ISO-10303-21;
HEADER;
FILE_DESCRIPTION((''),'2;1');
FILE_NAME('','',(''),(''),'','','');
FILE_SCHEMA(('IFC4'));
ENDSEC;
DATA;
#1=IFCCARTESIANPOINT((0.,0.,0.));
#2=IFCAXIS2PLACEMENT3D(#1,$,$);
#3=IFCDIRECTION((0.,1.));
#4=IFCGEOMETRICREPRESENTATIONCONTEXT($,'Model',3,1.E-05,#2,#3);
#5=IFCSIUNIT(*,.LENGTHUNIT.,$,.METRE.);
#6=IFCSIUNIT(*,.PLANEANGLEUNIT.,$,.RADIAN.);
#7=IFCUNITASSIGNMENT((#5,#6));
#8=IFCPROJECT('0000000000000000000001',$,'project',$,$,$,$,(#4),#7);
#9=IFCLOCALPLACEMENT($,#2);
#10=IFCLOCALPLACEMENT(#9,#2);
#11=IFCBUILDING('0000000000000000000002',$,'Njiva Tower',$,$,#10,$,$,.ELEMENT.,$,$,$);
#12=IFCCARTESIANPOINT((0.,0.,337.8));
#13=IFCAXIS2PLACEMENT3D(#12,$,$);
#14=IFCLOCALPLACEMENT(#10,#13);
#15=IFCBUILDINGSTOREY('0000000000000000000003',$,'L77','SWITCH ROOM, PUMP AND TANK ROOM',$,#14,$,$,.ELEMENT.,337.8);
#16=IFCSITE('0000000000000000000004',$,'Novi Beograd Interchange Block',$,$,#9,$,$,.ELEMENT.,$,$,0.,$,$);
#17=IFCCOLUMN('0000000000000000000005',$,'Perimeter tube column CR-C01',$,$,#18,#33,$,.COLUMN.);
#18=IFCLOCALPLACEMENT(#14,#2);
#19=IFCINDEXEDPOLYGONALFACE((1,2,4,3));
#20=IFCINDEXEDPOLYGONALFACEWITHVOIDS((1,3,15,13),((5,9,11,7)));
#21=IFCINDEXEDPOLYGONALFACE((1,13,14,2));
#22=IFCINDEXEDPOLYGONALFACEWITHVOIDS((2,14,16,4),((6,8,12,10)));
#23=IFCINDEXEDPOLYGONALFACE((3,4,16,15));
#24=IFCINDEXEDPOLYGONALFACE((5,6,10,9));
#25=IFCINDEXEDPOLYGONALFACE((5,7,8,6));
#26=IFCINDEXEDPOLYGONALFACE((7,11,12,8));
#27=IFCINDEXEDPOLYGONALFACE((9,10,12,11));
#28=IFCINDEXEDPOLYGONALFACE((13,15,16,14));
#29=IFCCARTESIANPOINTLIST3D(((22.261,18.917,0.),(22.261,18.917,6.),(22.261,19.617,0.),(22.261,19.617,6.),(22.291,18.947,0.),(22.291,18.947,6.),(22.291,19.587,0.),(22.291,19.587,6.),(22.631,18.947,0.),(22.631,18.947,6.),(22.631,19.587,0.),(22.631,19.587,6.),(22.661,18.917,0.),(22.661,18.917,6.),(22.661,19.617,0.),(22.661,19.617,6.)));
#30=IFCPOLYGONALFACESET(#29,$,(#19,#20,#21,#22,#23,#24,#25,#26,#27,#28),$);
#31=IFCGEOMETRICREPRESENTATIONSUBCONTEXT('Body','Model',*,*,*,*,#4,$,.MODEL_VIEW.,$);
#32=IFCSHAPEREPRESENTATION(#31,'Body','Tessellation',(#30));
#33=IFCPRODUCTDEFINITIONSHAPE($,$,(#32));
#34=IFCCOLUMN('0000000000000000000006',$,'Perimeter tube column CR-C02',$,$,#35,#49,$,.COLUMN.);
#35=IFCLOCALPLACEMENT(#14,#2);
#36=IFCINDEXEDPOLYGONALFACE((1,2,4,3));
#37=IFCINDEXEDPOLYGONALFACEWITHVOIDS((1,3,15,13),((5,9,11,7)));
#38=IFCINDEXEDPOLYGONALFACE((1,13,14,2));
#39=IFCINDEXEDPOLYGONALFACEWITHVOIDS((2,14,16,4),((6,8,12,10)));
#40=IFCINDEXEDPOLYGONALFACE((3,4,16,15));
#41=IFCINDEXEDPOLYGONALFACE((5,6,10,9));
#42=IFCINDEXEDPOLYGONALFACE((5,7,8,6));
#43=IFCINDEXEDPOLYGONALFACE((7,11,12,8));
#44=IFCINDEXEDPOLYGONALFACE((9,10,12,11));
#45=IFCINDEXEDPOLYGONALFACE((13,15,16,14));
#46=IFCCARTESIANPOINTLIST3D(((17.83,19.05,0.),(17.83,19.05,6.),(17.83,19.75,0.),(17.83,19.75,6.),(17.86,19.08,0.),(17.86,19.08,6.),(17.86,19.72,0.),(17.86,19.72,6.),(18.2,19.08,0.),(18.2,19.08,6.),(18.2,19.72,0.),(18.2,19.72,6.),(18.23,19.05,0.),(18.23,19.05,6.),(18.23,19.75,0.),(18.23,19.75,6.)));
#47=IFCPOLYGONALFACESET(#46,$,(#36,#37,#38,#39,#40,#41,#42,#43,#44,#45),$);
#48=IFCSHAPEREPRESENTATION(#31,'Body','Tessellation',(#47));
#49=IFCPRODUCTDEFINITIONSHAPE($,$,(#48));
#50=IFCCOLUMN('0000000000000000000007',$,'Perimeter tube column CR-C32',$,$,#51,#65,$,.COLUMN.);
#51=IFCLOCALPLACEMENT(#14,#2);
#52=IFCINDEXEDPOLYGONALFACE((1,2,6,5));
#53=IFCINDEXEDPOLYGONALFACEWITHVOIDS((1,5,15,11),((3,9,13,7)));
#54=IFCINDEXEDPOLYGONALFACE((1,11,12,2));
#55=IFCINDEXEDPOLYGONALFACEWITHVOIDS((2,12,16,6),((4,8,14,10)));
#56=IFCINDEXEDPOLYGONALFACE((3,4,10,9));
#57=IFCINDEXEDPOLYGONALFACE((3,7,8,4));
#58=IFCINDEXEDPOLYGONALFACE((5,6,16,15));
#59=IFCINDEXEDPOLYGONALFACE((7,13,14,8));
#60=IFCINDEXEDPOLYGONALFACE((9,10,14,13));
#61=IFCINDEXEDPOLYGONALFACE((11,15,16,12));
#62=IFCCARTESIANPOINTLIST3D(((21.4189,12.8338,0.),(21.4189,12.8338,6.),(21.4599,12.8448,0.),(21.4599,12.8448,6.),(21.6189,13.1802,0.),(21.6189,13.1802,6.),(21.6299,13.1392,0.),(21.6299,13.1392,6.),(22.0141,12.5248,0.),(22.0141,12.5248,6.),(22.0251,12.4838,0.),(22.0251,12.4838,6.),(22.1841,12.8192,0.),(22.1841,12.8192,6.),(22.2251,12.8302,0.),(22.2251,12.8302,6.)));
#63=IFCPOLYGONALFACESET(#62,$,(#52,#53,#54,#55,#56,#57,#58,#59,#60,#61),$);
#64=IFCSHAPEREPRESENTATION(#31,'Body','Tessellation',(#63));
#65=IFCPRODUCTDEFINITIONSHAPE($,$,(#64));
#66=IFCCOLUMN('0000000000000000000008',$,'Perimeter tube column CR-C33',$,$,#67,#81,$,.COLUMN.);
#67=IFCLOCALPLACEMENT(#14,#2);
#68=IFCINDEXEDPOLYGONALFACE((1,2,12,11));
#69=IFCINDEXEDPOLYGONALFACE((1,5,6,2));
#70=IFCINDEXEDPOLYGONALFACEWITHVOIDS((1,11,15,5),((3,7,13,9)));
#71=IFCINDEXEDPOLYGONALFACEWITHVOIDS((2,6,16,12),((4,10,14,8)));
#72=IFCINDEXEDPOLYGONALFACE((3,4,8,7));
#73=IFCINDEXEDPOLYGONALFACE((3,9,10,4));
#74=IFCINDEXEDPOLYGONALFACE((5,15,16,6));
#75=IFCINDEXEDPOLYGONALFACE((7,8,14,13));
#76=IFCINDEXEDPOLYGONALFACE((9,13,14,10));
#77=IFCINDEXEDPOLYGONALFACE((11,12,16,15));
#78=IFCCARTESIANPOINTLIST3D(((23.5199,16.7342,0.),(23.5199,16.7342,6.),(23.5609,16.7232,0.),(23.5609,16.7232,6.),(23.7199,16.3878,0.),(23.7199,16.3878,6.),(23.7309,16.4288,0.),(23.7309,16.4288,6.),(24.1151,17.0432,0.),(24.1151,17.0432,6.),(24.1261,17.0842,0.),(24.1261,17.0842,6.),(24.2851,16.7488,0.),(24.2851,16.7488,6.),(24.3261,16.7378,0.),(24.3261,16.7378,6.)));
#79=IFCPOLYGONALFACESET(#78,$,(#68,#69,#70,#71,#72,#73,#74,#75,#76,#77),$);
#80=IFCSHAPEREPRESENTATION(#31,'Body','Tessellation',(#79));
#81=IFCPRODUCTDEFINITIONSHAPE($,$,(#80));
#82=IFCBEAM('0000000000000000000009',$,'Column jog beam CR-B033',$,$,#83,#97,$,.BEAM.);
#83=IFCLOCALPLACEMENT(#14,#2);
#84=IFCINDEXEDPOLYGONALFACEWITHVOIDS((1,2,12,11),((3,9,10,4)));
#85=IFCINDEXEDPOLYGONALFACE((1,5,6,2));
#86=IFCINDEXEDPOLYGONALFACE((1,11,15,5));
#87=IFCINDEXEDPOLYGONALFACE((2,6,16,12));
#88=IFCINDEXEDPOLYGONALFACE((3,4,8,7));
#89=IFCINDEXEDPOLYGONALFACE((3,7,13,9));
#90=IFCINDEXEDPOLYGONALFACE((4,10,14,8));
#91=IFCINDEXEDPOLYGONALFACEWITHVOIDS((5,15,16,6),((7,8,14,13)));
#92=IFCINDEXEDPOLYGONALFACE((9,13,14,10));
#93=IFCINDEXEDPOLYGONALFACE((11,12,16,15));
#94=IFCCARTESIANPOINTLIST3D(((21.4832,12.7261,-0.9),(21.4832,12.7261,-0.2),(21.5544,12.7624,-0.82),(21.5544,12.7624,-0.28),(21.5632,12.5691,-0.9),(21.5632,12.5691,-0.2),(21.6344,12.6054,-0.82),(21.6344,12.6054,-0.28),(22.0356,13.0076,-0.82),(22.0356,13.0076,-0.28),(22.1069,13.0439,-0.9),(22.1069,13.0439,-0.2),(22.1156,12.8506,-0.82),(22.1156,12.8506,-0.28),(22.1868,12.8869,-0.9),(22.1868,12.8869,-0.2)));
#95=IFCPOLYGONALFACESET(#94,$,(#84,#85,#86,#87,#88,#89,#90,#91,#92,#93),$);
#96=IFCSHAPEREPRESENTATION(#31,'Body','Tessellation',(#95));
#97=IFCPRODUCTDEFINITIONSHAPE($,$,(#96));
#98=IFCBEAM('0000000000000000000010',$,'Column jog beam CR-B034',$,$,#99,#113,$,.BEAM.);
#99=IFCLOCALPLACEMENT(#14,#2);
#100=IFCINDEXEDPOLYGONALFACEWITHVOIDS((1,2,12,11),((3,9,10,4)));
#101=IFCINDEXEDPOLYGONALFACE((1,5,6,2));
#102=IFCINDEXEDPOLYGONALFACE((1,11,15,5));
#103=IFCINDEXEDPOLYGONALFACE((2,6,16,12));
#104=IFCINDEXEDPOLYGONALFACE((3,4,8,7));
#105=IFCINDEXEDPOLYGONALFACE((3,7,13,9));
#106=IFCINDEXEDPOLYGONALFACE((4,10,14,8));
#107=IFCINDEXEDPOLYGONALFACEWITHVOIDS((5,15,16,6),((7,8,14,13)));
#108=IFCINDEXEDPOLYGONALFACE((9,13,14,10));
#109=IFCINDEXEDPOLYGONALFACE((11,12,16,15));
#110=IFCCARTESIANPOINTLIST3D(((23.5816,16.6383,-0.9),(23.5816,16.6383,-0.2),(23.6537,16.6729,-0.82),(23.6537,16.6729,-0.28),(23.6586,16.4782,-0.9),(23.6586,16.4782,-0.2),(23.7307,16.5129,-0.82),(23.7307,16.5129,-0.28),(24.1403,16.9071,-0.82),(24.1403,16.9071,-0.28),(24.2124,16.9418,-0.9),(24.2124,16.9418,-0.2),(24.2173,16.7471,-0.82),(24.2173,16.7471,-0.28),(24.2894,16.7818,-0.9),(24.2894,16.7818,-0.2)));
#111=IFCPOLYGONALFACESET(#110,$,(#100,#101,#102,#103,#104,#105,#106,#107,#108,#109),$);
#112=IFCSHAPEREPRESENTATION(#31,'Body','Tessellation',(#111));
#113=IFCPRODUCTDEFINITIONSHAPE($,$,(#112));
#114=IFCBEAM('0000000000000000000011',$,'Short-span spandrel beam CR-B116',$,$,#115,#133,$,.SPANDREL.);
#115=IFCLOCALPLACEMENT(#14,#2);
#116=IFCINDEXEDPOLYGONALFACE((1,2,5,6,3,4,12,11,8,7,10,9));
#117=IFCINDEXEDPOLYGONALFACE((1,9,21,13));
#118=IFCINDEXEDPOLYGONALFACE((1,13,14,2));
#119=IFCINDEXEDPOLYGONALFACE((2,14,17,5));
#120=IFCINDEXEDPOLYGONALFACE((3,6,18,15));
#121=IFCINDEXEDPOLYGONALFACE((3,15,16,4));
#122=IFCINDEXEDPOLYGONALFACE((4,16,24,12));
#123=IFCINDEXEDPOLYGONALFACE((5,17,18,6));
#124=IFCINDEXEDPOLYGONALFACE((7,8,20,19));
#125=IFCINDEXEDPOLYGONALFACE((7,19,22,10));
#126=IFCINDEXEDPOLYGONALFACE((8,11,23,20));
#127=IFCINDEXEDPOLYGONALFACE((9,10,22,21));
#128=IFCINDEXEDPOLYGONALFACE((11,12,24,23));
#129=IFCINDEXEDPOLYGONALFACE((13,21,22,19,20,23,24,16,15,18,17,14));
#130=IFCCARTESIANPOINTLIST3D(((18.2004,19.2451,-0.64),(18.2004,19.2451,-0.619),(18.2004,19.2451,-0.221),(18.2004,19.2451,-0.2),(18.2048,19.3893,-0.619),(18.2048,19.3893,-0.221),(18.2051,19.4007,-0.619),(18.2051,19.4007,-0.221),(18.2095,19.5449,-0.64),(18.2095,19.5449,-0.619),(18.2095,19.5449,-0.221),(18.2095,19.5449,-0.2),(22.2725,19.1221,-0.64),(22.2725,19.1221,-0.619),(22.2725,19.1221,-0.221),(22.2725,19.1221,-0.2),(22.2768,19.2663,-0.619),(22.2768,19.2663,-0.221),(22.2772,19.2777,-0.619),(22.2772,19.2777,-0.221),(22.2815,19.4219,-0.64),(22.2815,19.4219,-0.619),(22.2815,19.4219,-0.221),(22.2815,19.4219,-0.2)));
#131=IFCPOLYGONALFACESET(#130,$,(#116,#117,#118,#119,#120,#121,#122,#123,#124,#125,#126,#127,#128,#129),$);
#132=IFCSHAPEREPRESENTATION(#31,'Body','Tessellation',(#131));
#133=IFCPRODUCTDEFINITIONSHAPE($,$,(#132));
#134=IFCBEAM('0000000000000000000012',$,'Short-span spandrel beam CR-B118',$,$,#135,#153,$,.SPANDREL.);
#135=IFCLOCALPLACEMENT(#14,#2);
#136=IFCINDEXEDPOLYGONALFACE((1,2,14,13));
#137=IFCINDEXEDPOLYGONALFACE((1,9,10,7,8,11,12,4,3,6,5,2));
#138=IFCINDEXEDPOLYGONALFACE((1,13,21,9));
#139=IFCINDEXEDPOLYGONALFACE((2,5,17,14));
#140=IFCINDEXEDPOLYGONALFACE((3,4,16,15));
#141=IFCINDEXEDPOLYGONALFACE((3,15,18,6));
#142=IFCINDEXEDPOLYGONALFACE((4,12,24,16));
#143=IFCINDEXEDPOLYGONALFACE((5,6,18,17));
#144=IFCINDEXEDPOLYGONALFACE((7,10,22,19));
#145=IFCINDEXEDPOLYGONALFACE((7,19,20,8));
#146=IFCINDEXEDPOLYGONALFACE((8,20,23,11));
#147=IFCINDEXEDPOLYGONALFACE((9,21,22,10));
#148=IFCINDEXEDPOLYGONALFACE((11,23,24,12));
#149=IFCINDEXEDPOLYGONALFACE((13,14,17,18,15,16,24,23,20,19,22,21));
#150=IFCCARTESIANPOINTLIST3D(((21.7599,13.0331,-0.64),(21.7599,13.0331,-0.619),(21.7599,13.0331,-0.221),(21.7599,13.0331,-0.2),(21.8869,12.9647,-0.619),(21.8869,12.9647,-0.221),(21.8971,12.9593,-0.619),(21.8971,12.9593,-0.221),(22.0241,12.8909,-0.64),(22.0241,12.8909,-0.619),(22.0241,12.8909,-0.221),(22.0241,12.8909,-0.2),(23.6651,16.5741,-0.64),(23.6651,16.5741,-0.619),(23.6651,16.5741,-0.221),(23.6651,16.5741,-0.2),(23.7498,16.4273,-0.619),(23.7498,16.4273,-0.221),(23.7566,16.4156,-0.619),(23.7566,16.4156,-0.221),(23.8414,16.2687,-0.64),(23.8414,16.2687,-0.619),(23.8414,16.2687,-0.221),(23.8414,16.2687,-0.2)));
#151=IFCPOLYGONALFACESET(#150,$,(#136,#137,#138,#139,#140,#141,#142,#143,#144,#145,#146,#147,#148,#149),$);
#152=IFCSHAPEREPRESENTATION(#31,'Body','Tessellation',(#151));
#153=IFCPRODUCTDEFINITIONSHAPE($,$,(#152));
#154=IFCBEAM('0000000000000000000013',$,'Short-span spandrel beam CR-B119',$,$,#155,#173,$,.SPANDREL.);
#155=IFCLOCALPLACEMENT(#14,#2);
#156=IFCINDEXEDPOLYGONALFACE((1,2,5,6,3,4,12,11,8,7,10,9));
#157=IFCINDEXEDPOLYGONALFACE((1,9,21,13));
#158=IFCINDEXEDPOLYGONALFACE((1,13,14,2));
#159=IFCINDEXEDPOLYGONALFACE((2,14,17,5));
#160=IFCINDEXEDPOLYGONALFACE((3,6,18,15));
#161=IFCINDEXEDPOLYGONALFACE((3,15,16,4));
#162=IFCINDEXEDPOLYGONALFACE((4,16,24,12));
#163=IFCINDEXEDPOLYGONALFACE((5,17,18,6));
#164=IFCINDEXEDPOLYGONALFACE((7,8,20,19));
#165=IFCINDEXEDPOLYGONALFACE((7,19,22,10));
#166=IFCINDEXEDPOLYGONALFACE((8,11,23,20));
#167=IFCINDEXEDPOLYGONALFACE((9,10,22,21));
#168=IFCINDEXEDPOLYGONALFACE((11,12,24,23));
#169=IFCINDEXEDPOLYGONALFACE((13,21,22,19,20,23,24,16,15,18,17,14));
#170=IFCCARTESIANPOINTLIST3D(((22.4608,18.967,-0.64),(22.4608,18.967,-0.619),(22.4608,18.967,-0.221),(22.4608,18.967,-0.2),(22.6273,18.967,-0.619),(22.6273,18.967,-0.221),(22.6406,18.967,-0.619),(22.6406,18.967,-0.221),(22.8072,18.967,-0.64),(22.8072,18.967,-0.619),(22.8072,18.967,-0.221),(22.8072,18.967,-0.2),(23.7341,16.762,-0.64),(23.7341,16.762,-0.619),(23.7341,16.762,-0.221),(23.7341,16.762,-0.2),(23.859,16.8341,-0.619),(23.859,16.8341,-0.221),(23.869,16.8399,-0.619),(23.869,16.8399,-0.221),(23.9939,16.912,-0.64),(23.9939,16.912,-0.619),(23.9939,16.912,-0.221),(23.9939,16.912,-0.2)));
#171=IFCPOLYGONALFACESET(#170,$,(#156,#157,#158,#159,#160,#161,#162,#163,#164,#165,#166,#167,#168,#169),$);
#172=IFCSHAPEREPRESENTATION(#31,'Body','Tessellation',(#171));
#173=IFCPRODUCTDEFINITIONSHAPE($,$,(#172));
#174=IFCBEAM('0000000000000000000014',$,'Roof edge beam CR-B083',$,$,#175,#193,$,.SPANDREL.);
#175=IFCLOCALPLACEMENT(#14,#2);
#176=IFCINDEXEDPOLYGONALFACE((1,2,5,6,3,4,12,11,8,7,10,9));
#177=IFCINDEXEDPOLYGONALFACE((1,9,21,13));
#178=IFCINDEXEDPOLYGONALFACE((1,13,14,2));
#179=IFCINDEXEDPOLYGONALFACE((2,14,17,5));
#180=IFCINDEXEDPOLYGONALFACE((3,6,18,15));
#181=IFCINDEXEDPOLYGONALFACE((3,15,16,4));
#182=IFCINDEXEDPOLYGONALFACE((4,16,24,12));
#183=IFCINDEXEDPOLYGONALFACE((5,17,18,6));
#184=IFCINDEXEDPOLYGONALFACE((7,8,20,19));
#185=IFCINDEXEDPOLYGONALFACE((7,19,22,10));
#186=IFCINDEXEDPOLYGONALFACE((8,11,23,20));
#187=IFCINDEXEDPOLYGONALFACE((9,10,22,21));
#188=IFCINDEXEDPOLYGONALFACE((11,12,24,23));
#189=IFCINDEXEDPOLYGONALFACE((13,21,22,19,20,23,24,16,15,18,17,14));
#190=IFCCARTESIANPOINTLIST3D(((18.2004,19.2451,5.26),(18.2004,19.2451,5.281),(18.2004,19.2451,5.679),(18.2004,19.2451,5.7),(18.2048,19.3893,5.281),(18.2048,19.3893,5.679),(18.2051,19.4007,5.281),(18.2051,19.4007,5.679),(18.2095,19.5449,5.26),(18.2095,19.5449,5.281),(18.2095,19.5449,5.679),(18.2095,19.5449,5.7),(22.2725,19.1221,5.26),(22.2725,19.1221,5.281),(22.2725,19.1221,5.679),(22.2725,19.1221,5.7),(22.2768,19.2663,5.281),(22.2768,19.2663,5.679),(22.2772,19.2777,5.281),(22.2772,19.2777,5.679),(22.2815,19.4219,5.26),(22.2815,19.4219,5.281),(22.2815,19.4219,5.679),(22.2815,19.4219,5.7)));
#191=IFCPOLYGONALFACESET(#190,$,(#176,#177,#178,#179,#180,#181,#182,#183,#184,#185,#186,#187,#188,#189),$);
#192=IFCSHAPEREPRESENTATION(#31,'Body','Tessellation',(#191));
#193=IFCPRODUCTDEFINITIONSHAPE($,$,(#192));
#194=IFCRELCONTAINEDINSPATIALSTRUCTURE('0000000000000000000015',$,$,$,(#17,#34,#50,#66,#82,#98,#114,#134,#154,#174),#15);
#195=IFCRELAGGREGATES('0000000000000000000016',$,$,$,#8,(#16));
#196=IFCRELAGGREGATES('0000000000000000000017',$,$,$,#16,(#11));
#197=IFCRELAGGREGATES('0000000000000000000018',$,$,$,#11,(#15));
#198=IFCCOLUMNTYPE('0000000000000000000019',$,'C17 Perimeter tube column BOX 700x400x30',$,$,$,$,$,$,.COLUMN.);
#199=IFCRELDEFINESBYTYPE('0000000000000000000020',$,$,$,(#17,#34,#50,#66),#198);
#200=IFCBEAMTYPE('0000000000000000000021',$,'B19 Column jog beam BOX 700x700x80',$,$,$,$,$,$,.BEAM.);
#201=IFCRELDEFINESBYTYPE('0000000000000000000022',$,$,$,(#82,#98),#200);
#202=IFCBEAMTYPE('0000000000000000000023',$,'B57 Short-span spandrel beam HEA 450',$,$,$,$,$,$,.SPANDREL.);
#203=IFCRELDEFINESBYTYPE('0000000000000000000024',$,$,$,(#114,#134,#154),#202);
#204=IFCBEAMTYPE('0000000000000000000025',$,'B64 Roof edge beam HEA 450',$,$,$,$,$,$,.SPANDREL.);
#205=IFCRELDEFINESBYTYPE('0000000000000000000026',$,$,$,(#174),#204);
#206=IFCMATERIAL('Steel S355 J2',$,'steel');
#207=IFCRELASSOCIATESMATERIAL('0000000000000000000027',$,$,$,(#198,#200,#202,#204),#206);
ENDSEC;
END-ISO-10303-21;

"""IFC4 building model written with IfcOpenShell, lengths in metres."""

from ifc_helpers import new_model, si_unit, direction, frame, origin, origin_2d, place, context, subcontext, project, spatial, hollow_rectangle, i_section, extrude, clip, halfspace, material, material_profile, profile_set, type_object, element, save


model = new_model("IFC4")

# Units and contexts
model_context = context("Model", 3, precision=1e-05, world=origin(), true_north=direction((0.0, 1.0)))
body_context = subcontext(model_context, "Body", "Model", "MODEL_VIEW")
ifc_project = project(units=[si_unit("LENGTHUNIT", "METRE"), si_unit("PLANEANGLEUNIT", "RADIAN")], contexts=[model_context])

# Site, building, storey
site_placement = place(None, origin())
site = spatial("IfcSite", under=ifc_project, at=site_placement, Name="Novi Beograd Interchange Block", CompositionType="ELEMENT", RefElevation=0.0)
building_placement = place(site_placement, origin())
building = spatial("IfcBuilding", under=site, at=building_placement, Name="Njiva Tower", CompositionType="ELEMENT")
storey_placement = place(building_placement, frame((0.0, 0.0, 337.8)))
storey = spatial("IfcBuildingStorey", under=building, at=storey_placement, Name="L77", Description="SWITCH ROOM, PUMP AND TANK ROOM", CompositionType="ELEMENT", Elevation=337.8)

# Columns
ifc_material_1 = material(Name="Steel S355 J2", Category="steel")
ifc_material_profile_1 = material_profile(ifc_material_1, hollow_rectangle(XDim=0.4, YDim=0.7, WallThickness=0.03, at=origin_2d()), Name="BOX 700x400x30")
ifc_profile_set_1 = profile_set([ifc_material_profile_1], Name="Steel S355 J2")
column_type = type_object("IfcColumnType", Name="C17 Perimeter tube column BOX 700x400x30", PredefinedType="COLUMN", material=ifc_profile_set_1)
for number, where, z_axis, x_axis, name in (
    (1, (22.461, 19.267, 0.0), (0.0, 0.0, 1.0), (-1.0, 0.0, 0.0), "Perimeter tube column CR-C01"),
    (2, (18.03, 19.4, 0.0), (0.0, 0.0, 1.0), (-1.0, 0.0, 0.0), "Perimeter tube column CR-C02"),
    (3, (21.822, 12.832, 0.0), (0.0, 0.0, 1.0), (0.5, 0.866025, 0.0), "Perimeter tube column CR-C32"),
    (4, (23.923, 16.736, 0.0), (0.0, 0.0, 1.0), (-0.5, 0.866025, 0.0), "Perimeter tube column CR-C33"),
):
    element("IfcColumn", number, at=place(storey_placement, frame(where, z_axis=z_axis, x_axis=x_axis)), inside=storey, type_object=column_type, Name=name, PredefinedType="COLUMN", context=body_context, shape_type="SweptSolid", body=[
        extrude(hollow_rectangle(XDim=0.4, YDim=0.7, WallThickness=0.03, at=origin_2d()), origin(), (0.0, 0.0, 1.0), 6.0),
    ])

# Beams
ifc_material_profile_2 = material_profile(ifc_material_1, hollow_rectangle(XDim=0.7, YDim=0.7, WallThickness=0.08, at=origin_2d()), Name="BOX 700x700x80")
ifc_profile_set_2 = profile_set([ifc_material_profile_2], Name="Steel S355 J2")
beam_type_1 = type_object("IfcBeamType", Name="B19 Column jog beam BOX 700x700x80", PredefinedType="BEAM", material=ifc_profile_set_2)
beam_1_placement = place(storey_placement, frame((21.875, 12.728, -0.55), z_axis=(-0.454011, 0.890996, 0.0), x_axis=(-0.890996, -0.454011, 0.0)))
element("IfcBeam", 5, at=beam_1_placement, inside=storey, type_object=beam_type_1, Name="Column jog beam CR-B033", PredefinedType="BEAM", context=body_context, shape_type="SweptSolid", body=[
    extrude(hollow_rectangle(XDim=0.7, YDim=0.7, WallThickness=0.08, at=origin_2d()), origin(), (0.0, 0.0, 1.0), 0.1762),
])
beam_2_placement = place(storey_placement, frame((23.974, 16.63, -0.55), z_axis=(-0.433646, 0.901083, 0.0), x_axis=(-0.901083, -0.433646, 0.0)))
element("IfcBeam", 6, at=beam_2_placement, inside=storey, type_object=beam_type_1, Name="Column jog beam CR-B034", PredefinedType="BEAM", context=body_context, shape_type="SweptSolid", body=[
    extrude(hollow_rectangle(XDim=0.7, YDim=0.7, WallThickness=0.08, at=origin_2d()), origin(), (0.0, 0.0, 1.0), 0.1776),
])
ifc_material_profile_3 = material_profile(ifc_material_1, i_section(OverallWidth=0.3, OverallDepth=0.44, WebThickness=0.0115, FlangeThickness=0.021, at=origin_2d()), Name="HEA 450")
ifc_profile_set_3 = profile_set([ifc_material_profile_3], Name="Steel S355 J2")
beam_type_2 = type_object("IfcBeamType", Name="B57 Short-span spandrel beam HEA 450", PredefinedType="SPANDREL", material=ifc_profile_set_3)
beam_3_placement = place(storey_placement, frame((22.277, 19.272, -0.42), z_axis=(-0.999544, 0.030193, 0.0), x_axis=(-0.030193, -0.999544, 0.0)))
element("IfcBeam", 7, at=beam_3_placement, inside=storey, type_object=beam_type_2, Name="Short-span spandrel beam CR-B116", PredefinedType="SPANDREL", context=body_context, shape_type="SweptSolid", body=[
    extrude(i_section(OverallWidth=0.3, OverallDepth=0.44, WebThickness=0.0115, FlangeThickness=0.021, at=origin_2d()), origin(), (0.0, 0.0, 1.0), 4.0739),
])
beam_4_placement = place(storey_placement, frame((21.892, 12.962, -0.42), z_axis=(0.473796, 0.880635, 0.0), x_axis=(-0.880635, 0.473796, 0.0)))
element("IfcBeam", 8, at=beam_4_placement, inside=storey, type_object=beam_type_2, Name="Short-span spandrel beam CR-B118", PredefinedType="SPANDREL", context=body_context, shape_type="Clipping", body=[
    clip(extrude(i_section(OverallWidth=0.3, OverallDepth=0.44, WebThickness=0.0115, FlangeThickness=0.021, at=origin_2d()), origin(), (0.0, 0.0, 1.0), 4.0408), halfspace(frame((-0.0264, 0.0, 3.912), z_axis=(-0.525756, 0.0, 0.850636), x_axis=(0.0, 1.0, 0.0)), False)),
])
beam_5_placement = place(storey_placement, frame((23.864, 16.837, -0.42), z_axis=(-0.500074, 0.865982, 0.0), x_axis=(-0.865982, -0.500074, 0.0)))
element("IfcBeam", 9, at=beam_5_placement, inside=storey, type_object=beam_type_2, Name="Short-span spandrel beam CR-B119", PredefinedType="SPANDREL", context=body_context, shape_type="Clipping", body=[
    clip(extrude(i_section(OverallWidth=0.3, OverallDepth=0.44, WebThickness=0.0115, FlangeThickness=0.021, at=origin_2d()), origin(), (0.0, 0.0, 1.0), 2.5666), halfspace(frame((-0.0254, 0.0, 2.445), z_axis=(-0.500074, 0.0, 0.865982), x_axis=(0.0, 1.0, 0.0)), False)),
])
ifc_material_profile_4 = material_profile(ifc_material_1, i_section(OverallWidth=0.3, OverallDepth=0.44, WebThickness=0.0115, FlangeThickness=0.021, at=origin_2d()), Name="HEA 450")
ifc_profile_set_4 = profile_set([ifc_material_profile_4], Name="Steel S355 J2")
beam_type_3 = type_object("IfcBeamType", Name="B64 Roof edge beam HEA 450", PredefinedType="SPANDREL", material=ifc_profile_set_4)
beam_6_placement = place(storey_placement, frame((22.277, 19.272, 5.48), z_axis=(-0.999544, 0.030193, 0.0), x_axis=(-0.030193, -0.999544, 0.0)))
element("IfcBeam", 10, at=beam_6_placement, inside=storey, type_object=beam_type_3, Name="Roof edge beam CR-B083", PredefinedType="SPANDREL", context=body_context, shape_type="SweptSolid", body=[
    extrude(i_section(OverallWidth=0.3, OverallDepth=0.44, WebThickness=0.0115, FlangeThickness=0.021, at=origin_2d()), origin(), (0.0, 0.0, 1.0), 4.0739),
])

save(model, "model.ifc")
